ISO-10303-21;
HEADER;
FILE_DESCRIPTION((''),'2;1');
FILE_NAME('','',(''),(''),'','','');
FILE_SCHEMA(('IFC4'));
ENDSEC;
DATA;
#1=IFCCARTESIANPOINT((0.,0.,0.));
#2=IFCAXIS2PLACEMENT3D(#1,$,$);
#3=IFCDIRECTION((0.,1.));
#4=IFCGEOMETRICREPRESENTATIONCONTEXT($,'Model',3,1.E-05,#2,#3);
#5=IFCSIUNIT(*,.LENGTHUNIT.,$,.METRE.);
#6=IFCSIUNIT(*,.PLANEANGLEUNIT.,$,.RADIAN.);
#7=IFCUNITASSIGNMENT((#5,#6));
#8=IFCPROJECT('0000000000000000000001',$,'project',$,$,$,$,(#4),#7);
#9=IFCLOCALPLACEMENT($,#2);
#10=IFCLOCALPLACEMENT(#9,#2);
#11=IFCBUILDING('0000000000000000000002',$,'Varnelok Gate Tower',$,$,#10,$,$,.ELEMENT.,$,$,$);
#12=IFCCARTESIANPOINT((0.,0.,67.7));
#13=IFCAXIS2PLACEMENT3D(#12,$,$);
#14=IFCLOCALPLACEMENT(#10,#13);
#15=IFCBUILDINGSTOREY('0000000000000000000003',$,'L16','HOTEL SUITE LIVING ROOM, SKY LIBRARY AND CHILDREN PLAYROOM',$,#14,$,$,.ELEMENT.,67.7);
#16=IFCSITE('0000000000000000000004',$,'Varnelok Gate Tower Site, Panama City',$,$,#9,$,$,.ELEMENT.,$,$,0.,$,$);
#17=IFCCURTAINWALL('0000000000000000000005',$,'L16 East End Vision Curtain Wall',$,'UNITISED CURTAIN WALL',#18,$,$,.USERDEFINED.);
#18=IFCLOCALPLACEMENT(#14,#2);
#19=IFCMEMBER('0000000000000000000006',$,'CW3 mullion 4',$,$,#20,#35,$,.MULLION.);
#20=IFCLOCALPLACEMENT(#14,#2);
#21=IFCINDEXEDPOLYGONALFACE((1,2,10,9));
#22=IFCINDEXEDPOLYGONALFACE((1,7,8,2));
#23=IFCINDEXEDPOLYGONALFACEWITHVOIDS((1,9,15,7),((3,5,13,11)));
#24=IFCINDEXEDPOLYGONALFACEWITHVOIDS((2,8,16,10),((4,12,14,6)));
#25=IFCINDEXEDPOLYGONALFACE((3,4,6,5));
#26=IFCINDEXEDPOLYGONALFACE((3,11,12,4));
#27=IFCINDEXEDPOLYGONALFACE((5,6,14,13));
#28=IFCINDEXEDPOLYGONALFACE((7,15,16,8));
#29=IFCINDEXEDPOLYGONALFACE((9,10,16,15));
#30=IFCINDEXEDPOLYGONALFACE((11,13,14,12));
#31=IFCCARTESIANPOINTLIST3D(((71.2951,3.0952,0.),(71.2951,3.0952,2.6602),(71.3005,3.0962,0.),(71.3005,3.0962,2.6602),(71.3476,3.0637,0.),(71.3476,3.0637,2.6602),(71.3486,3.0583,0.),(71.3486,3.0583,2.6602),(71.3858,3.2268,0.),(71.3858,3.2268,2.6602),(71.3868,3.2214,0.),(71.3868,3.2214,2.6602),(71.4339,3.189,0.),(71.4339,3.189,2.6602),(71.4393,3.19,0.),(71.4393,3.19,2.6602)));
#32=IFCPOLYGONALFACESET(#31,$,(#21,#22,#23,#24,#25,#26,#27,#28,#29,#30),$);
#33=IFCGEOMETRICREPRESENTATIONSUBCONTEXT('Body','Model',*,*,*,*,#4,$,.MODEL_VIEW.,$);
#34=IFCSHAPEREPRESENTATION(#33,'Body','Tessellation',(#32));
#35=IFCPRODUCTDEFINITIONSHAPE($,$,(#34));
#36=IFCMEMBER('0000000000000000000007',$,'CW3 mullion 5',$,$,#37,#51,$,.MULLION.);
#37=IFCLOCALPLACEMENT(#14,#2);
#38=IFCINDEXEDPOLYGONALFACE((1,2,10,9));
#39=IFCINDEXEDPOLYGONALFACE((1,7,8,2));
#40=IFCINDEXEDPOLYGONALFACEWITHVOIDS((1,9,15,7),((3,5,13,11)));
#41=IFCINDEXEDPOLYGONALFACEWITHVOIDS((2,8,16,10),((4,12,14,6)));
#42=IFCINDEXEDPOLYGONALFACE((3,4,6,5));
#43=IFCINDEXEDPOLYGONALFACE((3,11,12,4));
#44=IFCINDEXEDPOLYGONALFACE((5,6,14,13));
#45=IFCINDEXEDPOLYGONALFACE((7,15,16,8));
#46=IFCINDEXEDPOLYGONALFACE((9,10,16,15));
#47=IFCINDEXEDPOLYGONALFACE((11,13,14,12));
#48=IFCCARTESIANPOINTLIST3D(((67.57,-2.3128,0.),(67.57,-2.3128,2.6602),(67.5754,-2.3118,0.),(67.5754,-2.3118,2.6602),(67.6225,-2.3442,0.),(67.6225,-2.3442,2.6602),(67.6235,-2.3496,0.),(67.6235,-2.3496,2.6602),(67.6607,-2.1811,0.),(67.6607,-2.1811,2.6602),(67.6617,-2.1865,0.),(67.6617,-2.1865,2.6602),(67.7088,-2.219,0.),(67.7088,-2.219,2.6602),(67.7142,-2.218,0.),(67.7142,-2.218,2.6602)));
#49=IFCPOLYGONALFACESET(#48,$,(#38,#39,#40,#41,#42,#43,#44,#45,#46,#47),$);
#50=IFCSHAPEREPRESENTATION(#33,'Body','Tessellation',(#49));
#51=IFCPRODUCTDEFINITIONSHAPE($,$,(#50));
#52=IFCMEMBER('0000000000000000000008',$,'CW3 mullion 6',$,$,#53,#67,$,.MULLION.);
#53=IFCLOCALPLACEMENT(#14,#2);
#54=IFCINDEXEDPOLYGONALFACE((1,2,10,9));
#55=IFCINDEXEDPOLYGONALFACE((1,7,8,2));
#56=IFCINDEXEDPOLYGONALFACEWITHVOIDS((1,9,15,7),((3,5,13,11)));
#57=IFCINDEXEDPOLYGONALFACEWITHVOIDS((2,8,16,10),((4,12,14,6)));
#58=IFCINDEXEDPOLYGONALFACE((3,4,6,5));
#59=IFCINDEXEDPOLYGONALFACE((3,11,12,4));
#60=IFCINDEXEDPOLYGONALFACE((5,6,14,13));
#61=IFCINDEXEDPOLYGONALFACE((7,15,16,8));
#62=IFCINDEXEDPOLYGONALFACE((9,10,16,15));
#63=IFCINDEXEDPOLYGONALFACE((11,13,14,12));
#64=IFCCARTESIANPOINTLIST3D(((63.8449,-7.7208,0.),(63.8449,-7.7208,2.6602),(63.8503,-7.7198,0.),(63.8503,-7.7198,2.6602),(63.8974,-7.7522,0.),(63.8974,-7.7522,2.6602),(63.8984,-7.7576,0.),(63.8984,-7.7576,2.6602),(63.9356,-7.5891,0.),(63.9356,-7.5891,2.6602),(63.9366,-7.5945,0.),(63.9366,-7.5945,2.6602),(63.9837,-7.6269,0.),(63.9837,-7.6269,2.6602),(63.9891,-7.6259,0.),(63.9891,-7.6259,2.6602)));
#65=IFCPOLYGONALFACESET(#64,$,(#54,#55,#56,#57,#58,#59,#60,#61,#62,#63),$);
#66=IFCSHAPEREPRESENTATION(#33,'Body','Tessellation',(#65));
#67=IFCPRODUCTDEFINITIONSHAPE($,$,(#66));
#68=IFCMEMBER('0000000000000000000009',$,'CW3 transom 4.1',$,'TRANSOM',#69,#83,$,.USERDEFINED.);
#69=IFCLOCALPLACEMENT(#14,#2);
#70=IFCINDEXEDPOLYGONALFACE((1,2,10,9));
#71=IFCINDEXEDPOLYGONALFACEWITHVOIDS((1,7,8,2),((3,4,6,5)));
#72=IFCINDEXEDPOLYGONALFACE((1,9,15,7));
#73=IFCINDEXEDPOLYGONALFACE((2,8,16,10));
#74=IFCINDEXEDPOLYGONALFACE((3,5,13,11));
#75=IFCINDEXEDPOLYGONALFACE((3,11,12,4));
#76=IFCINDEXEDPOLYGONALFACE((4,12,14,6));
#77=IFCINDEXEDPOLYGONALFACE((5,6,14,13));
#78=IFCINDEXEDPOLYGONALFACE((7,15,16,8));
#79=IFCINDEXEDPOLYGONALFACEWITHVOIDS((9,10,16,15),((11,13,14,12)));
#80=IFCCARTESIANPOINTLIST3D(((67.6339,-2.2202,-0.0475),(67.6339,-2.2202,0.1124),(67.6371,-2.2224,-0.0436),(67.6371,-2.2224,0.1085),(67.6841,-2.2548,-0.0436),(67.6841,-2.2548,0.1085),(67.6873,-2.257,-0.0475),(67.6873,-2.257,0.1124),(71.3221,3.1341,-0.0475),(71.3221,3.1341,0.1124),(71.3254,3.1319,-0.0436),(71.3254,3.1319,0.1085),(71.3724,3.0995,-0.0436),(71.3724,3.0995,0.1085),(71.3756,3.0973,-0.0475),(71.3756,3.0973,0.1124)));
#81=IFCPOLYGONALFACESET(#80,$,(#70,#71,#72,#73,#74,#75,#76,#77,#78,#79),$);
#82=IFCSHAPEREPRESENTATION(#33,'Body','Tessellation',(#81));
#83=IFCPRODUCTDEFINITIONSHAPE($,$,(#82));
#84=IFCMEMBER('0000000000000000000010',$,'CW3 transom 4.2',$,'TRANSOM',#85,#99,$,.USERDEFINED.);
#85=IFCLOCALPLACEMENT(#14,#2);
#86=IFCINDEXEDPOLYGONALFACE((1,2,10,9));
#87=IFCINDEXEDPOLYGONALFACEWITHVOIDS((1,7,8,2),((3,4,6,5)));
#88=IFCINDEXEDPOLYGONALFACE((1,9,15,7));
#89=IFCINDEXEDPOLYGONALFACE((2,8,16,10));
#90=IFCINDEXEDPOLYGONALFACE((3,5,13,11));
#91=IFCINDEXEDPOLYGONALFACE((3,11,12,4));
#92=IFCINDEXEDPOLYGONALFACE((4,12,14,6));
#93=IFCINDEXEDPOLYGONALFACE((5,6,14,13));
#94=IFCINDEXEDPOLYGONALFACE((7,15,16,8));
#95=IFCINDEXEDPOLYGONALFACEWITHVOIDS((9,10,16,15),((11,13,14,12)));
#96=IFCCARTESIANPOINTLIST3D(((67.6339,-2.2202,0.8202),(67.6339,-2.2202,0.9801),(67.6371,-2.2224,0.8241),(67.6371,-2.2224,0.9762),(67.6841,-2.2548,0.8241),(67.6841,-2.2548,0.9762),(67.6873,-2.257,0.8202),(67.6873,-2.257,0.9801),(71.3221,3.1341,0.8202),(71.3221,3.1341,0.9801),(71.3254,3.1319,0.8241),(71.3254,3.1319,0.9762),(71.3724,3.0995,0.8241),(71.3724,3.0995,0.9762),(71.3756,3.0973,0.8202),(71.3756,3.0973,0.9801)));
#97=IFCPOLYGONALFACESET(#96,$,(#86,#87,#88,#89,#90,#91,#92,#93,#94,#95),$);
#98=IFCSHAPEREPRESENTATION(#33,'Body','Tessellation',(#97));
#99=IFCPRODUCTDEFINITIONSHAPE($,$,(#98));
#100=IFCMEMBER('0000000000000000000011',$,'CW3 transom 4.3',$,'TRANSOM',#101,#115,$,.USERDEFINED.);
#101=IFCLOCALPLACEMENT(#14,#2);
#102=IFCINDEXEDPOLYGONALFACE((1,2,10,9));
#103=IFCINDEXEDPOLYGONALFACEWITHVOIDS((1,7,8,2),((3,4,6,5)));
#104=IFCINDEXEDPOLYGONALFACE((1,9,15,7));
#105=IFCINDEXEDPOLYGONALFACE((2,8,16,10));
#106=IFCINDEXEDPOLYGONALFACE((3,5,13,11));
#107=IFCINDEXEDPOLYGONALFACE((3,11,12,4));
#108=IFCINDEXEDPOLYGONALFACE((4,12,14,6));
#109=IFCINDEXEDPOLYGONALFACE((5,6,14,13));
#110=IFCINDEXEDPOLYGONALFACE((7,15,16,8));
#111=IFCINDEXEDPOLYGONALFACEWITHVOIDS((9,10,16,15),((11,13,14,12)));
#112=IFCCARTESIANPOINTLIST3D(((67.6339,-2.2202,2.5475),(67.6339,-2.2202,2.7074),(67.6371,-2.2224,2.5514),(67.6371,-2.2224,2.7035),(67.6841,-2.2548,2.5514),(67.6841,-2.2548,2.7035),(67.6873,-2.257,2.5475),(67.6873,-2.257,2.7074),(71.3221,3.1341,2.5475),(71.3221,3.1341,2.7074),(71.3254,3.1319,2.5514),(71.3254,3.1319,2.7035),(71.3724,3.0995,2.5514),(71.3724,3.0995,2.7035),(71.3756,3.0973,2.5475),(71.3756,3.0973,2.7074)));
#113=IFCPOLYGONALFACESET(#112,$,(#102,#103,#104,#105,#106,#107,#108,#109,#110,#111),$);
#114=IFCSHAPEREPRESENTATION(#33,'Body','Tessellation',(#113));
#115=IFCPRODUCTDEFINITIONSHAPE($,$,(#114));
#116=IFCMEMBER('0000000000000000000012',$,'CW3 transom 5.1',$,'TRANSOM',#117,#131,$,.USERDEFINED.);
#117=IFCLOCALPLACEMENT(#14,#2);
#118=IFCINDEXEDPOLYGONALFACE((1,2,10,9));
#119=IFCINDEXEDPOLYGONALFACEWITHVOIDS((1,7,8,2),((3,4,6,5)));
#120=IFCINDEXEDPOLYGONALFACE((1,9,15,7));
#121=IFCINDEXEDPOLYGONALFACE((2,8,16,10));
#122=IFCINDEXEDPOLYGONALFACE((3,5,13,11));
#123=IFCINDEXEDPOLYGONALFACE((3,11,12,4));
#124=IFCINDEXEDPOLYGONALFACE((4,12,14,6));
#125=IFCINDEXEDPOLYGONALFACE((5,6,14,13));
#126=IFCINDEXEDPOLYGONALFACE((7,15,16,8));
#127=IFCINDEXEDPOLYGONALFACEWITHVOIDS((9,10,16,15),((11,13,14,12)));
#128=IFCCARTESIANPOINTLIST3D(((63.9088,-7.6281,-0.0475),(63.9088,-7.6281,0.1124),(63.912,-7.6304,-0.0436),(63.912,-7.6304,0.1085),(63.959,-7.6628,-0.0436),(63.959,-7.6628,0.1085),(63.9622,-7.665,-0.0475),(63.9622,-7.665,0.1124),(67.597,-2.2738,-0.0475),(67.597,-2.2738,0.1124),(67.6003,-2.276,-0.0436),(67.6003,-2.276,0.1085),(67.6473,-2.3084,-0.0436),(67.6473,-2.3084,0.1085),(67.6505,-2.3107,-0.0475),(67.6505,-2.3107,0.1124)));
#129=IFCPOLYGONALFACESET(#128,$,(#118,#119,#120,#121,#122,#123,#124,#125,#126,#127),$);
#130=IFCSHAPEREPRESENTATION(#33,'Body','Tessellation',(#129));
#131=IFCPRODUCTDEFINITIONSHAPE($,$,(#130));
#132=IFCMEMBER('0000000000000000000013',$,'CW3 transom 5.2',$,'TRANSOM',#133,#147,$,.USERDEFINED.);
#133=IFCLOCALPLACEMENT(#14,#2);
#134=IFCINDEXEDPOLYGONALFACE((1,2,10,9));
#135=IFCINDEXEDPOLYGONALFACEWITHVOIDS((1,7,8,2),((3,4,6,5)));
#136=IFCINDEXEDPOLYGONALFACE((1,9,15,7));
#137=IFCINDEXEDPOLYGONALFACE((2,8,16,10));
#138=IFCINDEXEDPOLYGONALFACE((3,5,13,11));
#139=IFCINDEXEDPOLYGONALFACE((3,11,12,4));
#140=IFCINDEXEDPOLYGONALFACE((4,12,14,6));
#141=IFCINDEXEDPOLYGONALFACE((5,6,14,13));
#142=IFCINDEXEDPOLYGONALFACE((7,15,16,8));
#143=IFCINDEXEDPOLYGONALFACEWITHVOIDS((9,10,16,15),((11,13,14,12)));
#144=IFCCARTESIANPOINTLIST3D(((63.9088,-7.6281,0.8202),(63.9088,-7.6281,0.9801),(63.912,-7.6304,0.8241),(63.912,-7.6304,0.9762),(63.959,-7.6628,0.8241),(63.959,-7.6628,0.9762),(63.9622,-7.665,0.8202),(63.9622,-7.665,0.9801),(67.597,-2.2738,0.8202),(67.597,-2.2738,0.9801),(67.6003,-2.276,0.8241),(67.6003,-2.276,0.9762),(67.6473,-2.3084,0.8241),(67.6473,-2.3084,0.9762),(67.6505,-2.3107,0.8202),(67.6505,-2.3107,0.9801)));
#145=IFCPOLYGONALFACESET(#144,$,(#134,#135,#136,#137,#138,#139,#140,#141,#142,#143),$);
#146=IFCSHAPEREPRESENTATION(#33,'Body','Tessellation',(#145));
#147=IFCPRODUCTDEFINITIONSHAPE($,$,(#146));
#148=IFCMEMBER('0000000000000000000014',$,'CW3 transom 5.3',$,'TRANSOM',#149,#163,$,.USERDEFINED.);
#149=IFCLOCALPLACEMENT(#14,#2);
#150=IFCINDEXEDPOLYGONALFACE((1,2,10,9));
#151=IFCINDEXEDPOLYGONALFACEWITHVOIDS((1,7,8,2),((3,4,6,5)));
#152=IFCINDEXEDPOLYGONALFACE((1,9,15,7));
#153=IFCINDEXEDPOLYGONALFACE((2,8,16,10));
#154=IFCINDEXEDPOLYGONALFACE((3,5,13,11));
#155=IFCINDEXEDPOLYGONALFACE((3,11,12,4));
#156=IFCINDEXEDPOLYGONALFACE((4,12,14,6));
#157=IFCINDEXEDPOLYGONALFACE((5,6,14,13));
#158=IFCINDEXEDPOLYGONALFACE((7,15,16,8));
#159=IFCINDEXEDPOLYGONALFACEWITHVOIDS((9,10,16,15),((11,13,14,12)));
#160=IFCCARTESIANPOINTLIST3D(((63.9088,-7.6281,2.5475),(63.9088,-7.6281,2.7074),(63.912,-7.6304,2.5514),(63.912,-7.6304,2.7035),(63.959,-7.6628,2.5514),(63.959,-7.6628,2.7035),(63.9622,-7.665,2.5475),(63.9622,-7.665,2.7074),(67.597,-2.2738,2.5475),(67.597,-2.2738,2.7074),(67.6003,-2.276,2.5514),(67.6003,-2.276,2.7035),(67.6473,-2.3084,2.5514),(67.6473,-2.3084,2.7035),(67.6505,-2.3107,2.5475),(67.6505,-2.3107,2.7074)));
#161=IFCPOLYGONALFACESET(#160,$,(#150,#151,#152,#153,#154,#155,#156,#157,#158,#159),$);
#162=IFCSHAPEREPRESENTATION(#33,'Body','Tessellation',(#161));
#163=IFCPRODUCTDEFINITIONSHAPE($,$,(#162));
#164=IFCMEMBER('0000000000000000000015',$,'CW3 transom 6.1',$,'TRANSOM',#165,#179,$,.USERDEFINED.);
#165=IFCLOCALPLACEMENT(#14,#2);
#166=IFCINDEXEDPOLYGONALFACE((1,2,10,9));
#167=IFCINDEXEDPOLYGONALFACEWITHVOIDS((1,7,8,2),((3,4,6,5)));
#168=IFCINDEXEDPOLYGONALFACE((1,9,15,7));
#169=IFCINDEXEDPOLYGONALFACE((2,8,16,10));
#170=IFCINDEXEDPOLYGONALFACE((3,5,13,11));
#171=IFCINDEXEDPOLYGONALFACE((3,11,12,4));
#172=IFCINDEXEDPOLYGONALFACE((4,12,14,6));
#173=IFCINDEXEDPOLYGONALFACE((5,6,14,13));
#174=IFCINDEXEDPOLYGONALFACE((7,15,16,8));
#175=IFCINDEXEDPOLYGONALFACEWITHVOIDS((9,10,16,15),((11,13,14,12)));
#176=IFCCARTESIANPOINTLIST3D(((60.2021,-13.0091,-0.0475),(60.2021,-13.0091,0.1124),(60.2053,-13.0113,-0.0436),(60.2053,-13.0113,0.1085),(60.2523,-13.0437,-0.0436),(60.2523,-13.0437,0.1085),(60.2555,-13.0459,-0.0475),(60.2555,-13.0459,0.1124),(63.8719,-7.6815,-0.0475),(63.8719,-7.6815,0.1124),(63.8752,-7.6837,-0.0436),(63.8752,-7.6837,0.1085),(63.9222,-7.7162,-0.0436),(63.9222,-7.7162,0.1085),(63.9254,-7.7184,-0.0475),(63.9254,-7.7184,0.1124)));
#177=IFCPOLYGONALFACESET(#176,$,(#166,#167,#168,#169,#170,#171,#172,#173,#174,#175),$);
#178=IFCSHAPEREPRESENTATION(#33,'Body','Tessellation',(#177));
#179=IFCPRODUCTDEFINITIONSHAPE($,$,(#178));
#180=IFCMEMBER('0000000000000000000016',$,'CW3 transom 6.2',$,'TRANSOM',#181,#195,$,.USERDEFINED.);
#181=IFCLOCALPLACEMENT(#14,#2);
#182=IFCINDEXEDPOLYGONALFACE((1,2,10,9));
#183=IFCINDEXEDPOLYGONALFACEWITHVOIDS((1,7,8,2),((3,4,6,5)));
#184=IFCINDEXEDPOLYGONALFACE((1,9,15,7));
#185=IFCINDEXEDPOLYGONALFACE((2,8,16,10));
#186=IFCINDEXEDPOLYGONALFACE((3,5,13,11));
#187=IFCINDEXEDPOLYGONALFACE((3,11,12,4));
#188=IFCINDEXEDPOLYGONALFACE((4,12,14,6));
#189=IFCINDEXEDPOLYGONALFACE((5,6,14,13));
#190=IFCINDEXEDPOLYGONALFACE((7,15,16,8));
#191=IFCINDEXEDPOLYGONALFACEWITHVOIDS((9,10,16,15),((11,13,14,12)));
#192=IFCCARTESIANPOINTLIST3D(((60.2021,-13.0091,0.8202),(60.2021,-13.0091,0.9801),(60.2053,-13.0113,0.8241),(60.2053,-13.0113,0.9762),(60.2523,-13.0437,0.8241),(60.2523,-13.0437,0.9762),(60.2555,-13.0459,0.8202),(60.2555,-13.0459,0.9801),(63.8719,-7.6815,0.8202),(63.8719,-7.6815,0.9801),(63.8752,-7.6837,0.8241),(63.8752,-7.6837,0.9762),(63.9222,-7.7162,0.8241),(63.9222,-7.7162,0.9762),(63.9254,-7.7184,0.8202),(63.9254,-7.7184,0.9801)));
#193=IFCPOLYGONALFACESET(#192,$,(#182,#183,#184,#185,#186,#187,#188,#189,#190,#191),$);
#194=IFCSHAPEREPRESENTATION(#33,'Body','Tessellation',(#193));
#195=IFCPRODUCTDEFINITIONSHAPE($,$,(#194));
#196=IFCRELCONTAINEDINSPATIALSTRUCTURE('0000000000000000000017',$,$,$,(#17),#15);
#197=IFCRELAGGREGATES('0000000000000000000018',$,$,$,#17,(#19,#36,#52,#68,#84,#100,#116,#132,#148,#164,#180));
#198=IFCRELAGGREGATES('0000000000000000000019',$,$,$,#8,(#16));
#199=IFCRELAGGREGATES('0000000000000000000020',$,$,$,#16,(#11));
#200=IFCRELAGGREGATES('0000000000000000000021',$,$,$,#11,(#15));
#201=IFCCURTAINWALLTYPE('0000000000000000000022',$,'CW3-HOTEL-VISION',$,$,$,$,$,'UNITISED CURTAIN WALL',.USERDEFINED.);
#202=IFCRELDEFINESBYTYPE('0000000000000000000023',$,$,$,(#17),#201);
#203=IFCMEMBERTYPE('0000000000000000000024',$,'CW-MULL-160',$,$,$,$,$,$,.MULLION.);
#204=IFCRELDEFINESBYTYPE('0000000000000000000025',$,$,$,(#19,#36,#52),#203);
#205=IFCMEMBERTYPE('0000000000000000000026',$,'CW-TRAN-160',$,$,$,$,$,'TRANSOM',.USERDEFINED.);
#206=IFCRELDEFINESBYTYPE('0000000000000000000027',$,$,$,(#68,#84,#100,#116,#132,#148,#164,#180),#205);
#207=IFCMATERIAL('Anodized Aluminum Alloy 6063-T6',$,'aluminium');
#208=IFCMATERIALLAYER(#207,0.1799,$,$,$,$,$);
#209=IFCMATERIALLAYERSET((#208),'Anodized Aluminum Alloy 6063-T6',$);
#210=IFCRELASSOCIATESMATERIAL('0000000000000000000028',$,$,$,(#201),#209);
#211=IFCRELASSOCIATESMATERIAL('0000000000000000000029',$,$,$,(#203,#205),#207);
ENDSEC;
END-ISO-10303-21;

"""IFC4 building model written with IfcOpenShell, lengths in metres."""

from ifc_helpers import new_model, si_unit, direction, frame, origin, origin_2d, place, context, subcontext, project, spatial, hollow_rectangle, extrude, material, layer, layer_set, material_profile, profile_set, type_object, element, aggregate, save


model = new_model("IFC4")

# Units and contexts
model_context = context("Model", 3, precision=1e-05, world=origin(), true_north=direction((0.0, 1.0)))
body_context = subcontext(model_context, "Body", "Model", "MODEL_VIEW")
ifc_project = project(units=[si_unit("LENGTHUNIT", "METRE"), si_unit("PLANEANGLEUNIT", "RADIAN")], contexts=[model_context])

# Site, building, storey
site_placement = place(None, origin())
site = spatial("IfcSite", under=ifc_project, at=site_placement, Name="Varnelok Gate Tower Site, Panama City", CompositionType="ELEMENT", RefElevation=0.0)
building_placement = place(site_placement, origin())
building = spatial("IfcBuilding", under=site, at=building_placement, Name="Varnelok Gate Tower", CompositionType="ELEMENT")
storey_placement = place(building_placement, frame((0.0, 0.0, 67.7)))
storey = spatial("IfcBuildingStorey", under=building, at=storey_placement, Name="L16", Description="HOTEL SUITE LIVING ROOM, SKY LIBRARY AND CHILDREN PLAYROOM", CompositionType="ELEMENT", Elevation=67.7)

# Curtain wall, members
ifc_material_1 = material(Name="Anodized Aluminum Alloy 6063-T6", Category="aluminium")
ifc_layer_1 = layer(ifc_material_1, 0.1799)
ifc_layer_set_1 = layer_set([ifc_layer_1], Name="Anodized Aluminum Alloy 6063-T6")
curtain_wall_type = type_object("IfcCurtainWallType", Name="CW3-HOTEL-VISION", ElementType="UNITISED CURTAIN WALL", PredefinedType="USERDEFINED", material=ifc_layer_set_1)
curtain_wall_placement = place(storey_placement, origin())
curtain_wall = element("IfcCurtainWall", 1, at=curtain_wall_placement, inside=storey, type_object=curtain_wall_type, Name="L16 East End Vision Curtain Wall", ObjectType="UNITISED CURTAIN WALL", PredefinedType="USERDEFINED")
ifc_material_profile_1 = material_profile(ifc_material_1, hollow_rectangle(XDim=0.0649, YDim=0.1599, WallThickness=0.0039, at=origin_2d()), Name="ALU160X65X4")
ifc_profile_set_1 = profile_set([ifc_material_profile_1], Name="Anodized Aluminum Alloy 6063-T6")
member_type_1 = type_object("IfcMemberType", Name="CW-MULL-160", PredefinedType="MULLION", material=ifc_profile_set_1)
member_1_placement = place(storey_placement, frame((71.3672, 3.1426, 0.0), z_axis=(0.0, 0.0, 1.0), x_axis=(0.823533, -0.567269, 0.0)))
member_1 = element("IfcMember", 2, at=member_1_placement, type_object=member_type_1, Name="CW3 mullion 4", PredefinedType="MULLION", context=body_context, shape_type="SweptSolid", body=[
    extrude(hollow_rectangle(XDim=0.0649, YDim=0.1599, WallThickness=0.0039, at=origin_2d()), origin(), (0.0, 0.0, 1.0), 2.6602),
])
member_2_placement = place(storey_placement, frame((67.6421, -2.2654, 0.0), z_axis=(0.0, 0.0, 1.0), x_axis=(0.823533, -0.567269, 0.0)))
member_2 = element("IfcMember", 3, at=member_2_placement, type_object=member_type_1, Name="CW3 mullion 5", PredefinedType="MULLION", context=body_context, shape_type="SweptSolid", body=[
    extrude(hollow_rectangle(XDim=0.0649, YDim=0.1599, WallThickness=0.0039, at=origin_2d()), origin(), (0.0, 0.0, 1.0), 2.6602),
])
member_3_placement = place(storey_placement, frame((63.917, -7.6733, 0.0), z_axis=(0.0, 0.0, 1.0), x_axis=(0.823533, -0.567269, 0.0)))
member_3 = element("IfcMember", 4, at=member_3_placement, type_object=member_type_1, Name="CW3 mullion 6", PredefinedType="MULLION", context=body_context, shape_type="SweptSolid", body=[
    extrude(hollow_rectangle(XDim=0.0649, YDim=0.1599, WallThickness=0.0039, at=origin_2d()), origin(), (0.0, 0.0, 1.0), 2.6602),
])
ifc_material_profile_2 = material_profile(ifc_material_1, hollow_rectangle(XDim=0.0649, YDim=0.1599, WallThickness=0.0039, at=origin_2d()), Name="ALU160X65X4")
ifc_profile_set_2 = profile_set([ifc_material_profile_2], Name="Anodized Aluminum Alloy 6063-T6")
member_type_2 = type_object("IfcMemberType", Name="CW-TRAN-160", ElementType="TRANSOM", PredefinedType="USERDEFINED", material=ifc_profile_set_2)
member_4_placement = place(storey_placement, frame((71.3489, 3.1157, 0.0325), z_axis=(-0.567279, -0.823526, 0.0), x_axis=(0.823526, -0.567279, 0.0)))
member_4 = element("IfcMember", 5, at=member_4_placement, type_object=member_type_2, Name="CW3 transom 4.1", ObjectType="TRANSOM", PredefinedType="USERDEFINED", context=body_context, shape_type="SweptSolid", body=[
    extrude(hollow_rectangle(XDim=0.0649, YDim=0.1599, WallThickness=0.0039, at=origin_2d()), origin(), (0.0, 0.0, 1.0), 6.5017),
])
member_5_placement = place(storey_placement, frame((71.3489, 3.1157, 0.9001), z_axis=(-0.567279, -0.823526, 0.0), x_axis=(0.823526, -0.567279, 0.0)))
member_5 = element("IfcMember", 6, at=member_5_placement, type_object=member_type_2, Name="CW3 transom 4.2", ObjectType="TRANSOM", PredefinedType="USERDEFINED", context=body_context, shape_type="SweptSolid", body=[
    extrude(hollow_rectangle(XDim=0.0649, YDim=0.1599, WallThickness=0.0039, at=origin_2d()), origin(), (0.0, 0.0, 1.0), 6.5017),
])
member_6_placement = place(storey_placement, frame((71.3489, 3.1157, 2.6274), z_axis=(-0.567279, -0.823526, 0.0), x_axis=(0.823526, -0.567279, 0.0)))
member_6 = element("IfcMember", 7, at=member_6_placement, type_object=member_type_2, Name="CW3 transom 4.3", ObjectType="TRANSOM", PredefinedType="USERDEFINED", context=body_context, shape_type="SweptSolid", body=[
    extrude(hollow_rectangle(XDim=0.0649, YDim=0.1599, WallThickness=0.0039, at=origin_2d()), origin(), (0.0, 0.0, 1.0), 6.5017),
])
member_7_placement = place(storey_placement, frame((67.6238, -2.2922, 0.0325), z_axis=(-0.567279, -0.823526, 0.0), x_axis=(0.823526, -0.567279, 0.0)))
member_7 = element("IfcMember", 8, at=member_7_placement, type_object=member_type_2, Name="CW3 transom 5.1", ObjectType="TRANSOM", PredefinedType="USERDEFINED", context=body_context, shape_type="SweptSolid", body=[
    extrude(hollow_rectangle(XDim=0.0649, YDim=0.1599, WallThickness=0.0039, at=origin_2d()), origin(), (0.0, 0.0, 1.0), 6.5017),
])
member_8_placement = place(storey_placement, frame((67.6238, -2.2922, 0.9001), z_axis=(-0.567279, -0.823526, 0.0), x_axis=(0.823526, -0.567279, 0.0)))
member_8 = element("IfcMember", 9, at=member_8_placement, type_object=member_type_2, Name="CW3 transom 5.2", ObjectType="TRANSOM", PredefinedType="USERDEFINED", context=body_context, shape_type="SweptSolid", body=[
    extrude(hollow_rectangle(XDim=0.0649, YDim=0.1599, WallThickness=0.0039, at=origin_2d()), origin(), (0.0, 0.0, 1.0), 6.5017),
])
member_9_placement = place(storey_placement, frame((67.6238, -2.2922, 2.6274), z_axis=(-0.567279, -0.823526, 0.0), x_axis=(0.823526, -0.567279, 0.0)))
member_9 = element("IfcMember", 10, at=member_9_placement, type_object=member_type_2, Name="CW3 transom 5.3", ObjectType="TRANSOM", PredefinedType="USERDEFINED", context=body_context, shape_type="SweptSolid", body=[
    extrude(hollow_rectangle(XDim=0.0649, YDim=0.1599, WallThickness=0.0039, at=origin_2d()), origin(), (0.0, 0.0, 1.0), 6.5017),
])
member_10_placement = place(storey_placement, frame((63.8987, -7.7, 0.0325), z_axis=(-0.567281, -0.823524, 0.0), x_axis=(0.823524, -0.567281, 0.0)))
member_10 = element("IfcMember", 11, at=member_10_placement, type_object=member_type_2, Name="CW3 transom 6.1", ObjectType="TRANSOM", PredefinedType="USERDEFINED", context=body_context, shape_type="SweptSolid", body=[
    extrude(hollow_rectangle(XDim=0.0649, YDim=0.1599, WallThickness=0.0039, at=origin_2d()), origin(), (0.0, 0.0, 1.0), 6.4692),
])
member_11_placement = place(storey_placement, frame((63.8987, -7.7, 0.9001), z_axis=(-0.567281, -0.823524, 0.0), x_axis=(0.823524, -0.567281, 0.0)))
member_11 = element("IfcMember", 12, at=member_11_placement, type_object=member_type_2, Name="CW3 transom 6.2", ObjectType="TRANSOM", PredefinedType="USERDEFINED", context=body_context, shape_type="SweptSolid", body=[
    extrude(hollow_rectangle(XDim=0.0649, YDim=0.1599, WallThickness=0.0039, at=origin_2d()), origin(), (0.0, 0.0, 1.0), 6.4692),
])
aggregate(curtain_wall, [member_1, member_2, member_3, member_4, member_5, member_6, member_7, member_8, member_9, member_10, member_11])

save(model, "model.ifc")
